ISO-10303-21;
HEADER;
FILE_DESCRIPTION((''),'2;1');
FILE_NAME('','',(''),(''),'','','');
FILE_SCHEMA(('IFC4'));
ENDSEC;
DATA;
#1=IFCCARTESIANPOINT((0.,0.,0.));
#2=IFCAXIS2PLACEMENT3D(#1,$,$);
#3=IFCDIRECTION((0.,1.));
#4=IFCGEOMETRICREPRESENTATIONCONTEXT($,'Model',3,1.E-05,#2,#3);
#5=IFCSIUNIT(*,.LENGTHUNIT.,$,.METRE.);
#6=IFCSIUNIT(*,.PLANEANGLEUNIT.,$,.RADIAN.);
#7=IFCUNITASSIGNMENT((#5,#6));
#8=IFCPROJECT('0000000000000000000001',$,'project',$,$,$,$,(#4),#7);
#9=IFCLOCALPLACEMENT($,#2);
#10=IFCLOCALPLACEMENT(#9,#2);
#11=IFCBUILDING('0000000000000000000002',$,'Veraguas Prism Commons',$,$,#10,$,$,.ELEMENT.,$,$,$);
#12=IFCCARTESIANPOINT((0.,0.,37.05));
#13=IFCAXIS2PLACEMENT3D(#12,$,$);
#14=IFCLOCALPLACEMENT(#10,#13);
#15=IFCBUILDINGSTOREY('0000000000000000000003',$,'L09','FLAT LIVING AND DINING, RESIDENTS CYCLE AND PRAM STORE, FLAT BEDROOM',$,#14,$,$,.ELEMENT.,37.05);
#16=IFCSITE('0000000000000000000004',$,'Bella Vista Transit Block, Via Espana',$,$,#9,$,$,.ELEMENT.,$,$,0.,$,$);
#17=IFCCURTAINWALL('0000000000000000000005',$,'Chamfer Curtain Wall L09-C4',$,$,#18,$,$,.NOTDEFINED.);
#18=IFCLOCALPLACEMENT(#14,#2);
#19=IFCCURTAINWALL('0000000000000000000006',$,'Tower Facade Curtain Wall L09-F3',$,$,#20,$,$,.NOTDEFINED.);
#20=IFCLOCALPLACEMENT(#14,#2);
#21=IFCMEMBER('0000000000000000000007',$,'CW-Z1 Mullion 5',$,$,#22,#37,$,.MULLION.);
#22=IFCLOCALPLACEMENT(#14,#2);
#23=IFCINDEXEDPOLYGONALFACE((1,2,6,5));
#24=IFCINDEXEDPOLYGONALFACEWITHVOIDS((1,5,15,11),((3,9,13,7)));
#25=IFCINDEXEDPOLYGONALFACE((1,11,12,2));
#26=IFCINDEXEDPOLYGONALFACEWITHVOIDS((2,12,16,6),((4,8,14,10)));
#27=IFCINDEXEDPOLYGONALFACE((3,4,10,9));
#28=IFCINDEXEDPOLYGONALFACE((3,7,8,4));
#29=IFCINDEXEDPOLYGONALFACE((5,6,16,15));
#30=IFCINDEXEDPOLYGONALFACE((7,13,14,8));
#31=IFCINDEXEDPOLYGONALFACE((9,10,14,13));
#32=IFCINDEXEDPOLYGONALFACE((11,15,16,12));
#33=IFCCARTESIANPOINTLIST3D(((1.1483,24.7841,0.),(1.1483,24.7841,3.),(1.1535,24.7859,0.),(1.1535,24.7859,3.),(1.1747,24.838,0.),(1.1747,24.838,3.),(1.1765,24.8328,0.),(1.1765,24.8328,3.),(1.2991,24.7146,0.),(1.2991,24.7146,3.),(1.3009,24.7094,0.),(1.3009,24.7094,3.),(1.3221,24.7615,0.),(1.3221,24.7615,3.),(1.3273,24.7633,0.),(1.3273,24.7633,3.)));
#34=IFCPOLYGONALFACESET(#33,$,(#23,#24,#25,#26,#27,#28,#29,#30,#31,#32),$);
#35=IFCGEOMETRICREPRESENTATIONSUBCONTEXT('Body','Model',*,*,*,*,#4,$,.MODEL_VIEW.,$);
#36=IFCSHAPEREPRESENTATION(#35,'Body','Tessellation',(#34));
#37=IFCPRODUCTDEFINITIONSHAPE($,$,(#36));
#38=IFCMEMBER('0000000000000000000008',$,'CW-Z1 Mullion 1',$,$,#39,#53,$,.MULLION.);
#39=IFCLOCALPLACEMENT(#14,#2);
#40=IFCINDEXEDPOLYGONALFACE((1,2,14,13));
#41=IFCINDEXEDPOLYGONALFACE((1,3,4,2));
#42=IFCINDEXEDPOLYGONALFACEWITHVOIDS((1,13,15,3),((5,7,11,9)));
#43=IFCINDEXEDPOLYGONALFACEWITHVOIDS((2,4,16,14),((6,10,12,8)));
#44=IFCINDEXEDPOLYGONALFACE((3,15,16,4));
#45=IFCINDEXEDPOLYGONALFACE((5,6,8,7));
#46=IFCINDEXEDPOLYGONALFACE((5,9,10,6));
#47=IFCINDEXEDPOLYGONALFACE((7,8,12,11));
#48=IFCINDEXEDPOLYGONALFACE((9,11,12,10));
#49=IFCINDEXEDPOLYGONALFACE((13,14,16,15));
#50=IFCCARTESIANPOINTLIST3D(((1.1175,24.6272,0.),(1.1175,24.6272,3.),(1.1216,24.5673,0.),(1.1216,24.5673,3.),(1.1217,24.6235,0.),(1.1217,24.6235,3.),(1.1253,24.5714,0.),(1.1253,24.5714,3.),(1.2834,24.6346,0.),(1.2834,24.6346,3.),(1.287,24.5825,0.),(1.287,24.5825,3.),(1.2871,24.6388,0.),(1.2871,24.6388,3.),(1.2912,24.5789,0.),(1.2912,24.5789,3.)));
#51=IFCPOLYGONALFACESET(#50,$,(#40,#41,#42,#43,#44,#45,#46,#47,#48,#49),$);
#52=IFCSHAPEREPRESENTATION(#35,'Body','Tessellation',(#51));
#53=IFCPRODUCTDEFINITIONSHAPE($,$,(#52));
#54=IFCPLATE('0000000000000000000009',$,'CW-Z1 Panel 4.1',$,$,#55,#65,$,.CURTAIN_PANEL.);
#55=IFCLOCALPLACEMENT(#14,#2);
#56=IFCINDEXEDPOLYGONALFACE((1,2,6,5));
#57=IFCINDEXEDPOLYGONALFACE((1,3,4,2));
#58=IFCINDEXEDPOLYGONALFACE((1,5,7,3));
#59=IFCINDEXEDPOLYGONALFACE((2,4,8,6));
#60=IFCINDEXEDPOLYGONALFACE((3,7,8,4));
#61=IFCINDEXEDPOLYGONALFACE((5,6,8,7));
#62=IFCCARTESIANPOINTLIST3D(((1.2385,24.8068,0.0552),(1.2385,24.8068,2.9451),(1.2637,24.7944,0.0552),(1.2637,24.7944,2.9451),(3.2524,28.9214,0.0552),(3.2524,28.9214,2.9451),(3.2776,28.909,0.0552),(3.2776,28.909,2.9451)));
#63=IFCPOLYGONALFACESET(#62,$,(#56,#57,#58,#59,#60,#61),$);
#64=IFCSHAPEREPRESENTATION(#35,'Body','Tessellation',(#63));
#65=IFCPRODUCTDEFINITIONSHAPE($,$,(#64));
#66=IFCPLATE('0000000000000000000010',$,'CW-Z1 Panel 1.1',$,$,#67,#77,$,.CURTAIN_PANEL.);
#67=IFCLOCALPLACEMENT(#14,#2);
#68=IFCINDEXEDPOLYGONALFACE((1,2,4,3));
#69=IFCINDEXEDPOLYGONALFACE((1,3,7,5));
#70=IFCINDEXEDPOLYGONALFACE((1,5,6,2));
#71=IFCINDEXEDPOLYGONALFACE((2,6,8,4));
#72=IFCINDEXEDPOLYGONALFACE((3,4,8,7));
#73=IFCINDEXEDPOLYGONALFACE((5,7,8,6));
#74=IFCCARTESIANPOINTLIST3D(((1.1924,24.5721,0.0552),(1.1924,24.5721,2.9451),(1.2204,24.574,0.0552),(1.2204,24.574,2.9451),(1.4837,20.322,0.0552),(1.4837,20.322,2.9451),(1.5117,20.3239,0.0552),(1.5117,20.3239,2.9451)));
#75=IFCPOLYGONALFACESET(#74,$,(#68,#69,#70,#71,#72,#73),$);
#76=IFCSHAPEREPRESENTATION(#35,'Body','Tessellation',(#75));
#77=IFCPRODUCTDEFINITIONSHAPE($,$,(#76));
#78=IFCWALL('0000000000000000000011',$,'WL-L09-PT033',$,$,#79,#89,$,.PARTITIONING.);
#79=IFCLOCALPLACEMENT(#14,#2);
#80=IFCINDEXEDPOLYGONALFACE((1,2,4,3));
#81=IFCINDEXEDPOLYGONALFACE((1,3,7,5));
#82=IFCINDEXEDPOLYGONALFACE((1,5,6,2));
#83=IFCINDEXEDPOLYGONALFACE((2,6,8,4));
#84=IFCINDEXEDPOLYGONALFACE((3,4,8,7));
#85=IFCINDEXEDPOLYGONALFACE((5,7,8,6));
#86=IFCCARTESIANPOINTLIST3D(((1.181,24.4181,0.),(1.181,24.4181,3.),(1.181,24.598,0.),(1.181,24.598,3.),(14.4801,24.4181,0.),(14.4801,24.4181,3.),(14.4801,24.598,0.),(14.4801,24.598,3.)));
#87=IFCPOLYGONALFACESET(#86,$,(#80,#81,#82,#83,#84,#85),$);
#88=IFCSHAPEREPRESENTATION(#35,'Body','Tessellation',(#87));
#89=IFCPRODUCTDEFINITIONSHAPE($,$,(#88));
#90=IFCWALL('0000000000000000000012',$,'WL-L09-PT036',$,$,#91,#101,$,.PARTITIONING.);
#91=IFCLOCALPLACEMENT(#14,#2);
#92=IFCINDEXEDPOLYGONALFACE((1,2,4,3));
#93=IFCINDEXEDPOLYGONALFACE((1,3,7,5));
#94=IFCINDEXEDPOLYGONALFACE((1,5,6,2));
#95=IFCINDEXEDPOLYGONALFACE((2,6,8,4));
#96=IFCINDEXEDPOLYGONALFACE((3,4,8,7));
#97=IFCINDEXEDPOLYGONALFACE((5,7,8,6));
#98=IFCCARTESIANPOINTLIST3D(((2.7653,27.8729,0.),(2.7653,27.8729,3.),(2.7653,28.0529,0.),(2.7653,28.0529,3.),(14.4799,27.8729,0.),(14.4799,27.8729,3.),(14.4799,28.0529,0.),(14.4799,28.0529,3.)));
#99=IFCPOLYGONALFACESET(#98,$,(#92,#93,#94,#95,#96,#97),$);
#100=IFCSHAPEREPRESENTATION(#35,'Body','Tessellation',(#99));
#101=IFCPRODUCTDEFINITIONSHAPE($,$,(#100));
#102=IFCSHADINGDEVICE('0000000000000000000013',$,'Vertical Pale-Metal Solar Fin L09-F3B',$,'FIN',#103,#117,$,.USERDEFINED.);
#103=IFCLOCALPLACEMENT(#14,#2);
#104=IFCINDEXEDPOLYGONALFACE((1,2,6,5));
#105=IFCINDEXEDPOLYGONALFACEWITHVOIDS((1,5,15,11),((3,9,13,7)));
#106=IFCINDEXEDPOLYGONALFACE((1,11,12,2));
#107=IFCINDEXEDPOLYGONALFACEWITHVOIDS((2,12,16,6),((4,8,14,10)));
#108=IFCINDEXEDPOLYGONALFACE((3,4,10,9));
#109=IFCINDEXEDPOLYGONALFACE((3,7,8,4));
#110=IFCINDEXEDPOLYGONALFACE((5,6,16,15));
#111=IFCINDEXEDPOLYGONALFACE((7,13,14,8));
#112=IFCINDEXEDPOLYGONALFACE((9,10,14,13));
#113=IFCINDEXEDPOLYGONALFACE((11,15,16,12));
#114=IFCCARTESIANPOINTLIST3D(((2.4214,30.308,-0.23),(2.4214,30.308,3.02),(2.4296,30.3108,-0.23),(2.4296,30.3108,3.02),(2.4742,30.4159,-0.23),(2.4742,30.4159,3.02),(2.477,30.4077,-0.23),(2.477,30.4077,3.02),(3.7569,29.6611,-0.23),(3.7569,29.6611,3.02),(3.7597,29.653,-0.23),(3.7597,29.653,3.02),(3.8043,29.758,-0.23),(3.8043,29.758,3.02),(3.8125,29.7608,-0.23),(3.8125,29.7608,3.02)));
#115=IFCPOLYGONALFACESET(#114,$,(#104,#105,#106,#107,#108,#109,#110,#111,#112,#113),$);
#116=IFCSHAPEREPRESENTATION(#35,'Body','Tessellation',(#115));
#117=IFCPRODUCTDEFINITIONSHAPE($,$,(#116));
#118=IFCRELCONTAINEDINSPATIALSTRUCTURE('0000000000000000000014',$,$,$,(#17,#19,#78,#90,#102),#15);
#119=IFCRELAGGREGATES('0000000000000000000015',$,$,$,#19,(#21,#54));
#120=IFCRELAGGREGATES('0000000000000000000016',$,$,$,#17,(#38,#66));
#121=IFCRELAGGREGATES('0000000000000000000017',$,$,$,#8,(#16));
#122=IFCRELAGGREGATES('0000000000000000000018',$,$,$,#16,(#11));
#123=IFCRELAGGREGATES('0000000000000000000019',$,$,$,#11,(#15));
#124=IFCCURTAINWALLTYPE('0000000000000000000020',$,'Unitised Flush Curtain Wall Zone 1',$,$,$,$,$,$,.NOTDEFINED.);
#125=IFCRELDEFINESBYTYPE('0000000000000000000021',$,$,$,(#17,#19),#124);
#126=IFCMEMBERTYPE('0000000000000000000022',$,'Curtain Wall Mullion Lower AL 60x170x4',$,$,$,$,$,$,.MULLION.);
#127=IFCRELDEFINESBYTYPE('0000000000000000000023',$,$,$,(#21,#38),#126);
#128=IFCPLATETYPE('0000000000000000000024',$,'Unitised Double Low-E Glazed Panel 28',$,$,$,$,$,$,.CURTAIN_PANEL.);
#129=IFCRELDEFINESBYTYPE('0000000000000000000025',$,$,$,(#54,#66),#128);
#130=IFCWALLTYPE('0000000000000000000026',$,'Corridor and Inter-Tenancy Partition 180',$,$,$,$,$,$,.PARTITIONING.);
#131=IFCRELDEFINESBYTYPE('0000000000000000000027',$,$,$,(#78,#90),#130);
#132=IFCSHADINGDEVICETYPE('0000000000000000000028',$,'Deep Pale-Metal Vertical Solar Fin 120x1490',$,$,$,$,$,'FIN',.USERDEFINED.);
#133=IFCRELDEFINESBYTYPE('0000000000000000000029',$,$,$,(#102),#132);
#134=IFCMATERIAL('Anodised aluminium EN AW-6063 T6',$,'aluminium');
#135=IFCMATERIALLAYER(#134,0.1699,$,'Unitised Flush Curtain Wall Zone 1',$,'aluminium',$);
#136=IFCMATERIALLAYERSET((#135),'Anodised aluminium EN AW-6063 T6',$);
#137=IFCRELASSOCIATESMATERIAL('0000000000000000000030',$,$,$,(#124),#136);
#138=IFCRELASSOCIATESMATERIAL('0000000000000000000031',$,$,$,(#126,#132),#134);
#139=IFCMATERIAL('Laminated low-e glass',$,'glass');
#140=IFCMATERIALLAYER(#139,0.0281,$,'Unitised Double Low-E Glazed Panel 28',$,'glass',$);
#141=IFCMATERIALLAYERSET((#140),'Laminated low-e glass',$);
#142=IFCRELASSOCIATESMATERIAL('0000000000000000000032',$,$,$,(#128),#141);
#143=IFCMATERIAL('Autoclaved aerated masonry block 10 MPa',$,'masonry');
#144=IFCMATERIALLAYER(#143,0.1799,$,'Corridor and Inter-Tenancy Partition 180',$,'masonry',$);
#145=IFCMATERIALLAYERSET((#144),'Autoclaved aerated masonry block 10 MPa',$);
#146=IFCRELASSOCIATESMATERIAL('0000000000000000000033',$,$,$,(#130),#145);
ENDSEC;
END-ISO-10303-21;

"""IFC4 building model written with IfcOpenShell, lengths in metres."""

from ifc_helpers import new_model, si_unit, direction, frame, frame_2d, origin, origin_2d, place, context, subcontext, project, spatial, rectangle, hollow_rectangle, extrude, source, transform, mapped, material, layer, layer_set, material_profile, profile_set, type_object, element, aggregate, save


model = new_model("IFC4")

# Units and contexts
model_context = context("Model", 3, precision=1e-05, world=origin(), true_north=direction((0.0, 1.0)))
body_context = subcontext(model_context, "Body", "Model", "MODEL_VIEW")
ifc_project = project(units=[si_unit("LENGTHUNIT", "METRE"), si_unit("PLANEANGLEUNIT", "RADIAN")], contexts=[model_context])

# Site, building, storey
site_placement = place(None, origin())
site = spatial("IfcSite", under=ifc_project, at=site_placement, Name="Bella Vista Transit Block, Via Espana", CompositionType="ELEMENT", RefElevation=0.0)
building_placement = place(site_placement, origin())
building = spatial("IfcBuilding", under=site, at=building_placement, Name="Veraguas Prism Commons", CompositionType="ELEMENT")
storey_placement = place(building_placement, frame((0.0, 0.0, 37.05)))
storey = spatial("IfcBuildingStorey", under=building, at=storey_placement, Name="L09", Description="FLAT LIVING AND DINING, RESIDENTS CYCLE AND PRAM STORE, FLAT BEDROOM", CompositionType="ELEMENT", Elevation=37.05)

# Curtain walls, member
ifc_material_1 = material(Name="Anodised aluminium EN AW-6063 T6", Category="aluminium")
ifc_layer_1 = layer(ifc_material_1, 0.1699, Name="Unitised Flush Curtain Wall Zone 1", Category="aluminium")
ifc_layer_set_1 = layer_set([ifc_layer_1], Name="Anodised aluminium EN AW-6063 T6")
curtain_wall_type = type_object("IfcCurtainWallType", Name="Unitised Flush Curtain Wall Zone 1", PredefinedType="NOTDEFINED", material=ifc_layer_set_1)
curtain_wall_1_placement = place(storey_placement, origin())
curtain_wall_1 = element("IfcCurtainWall", 1, at=curtain_wall_1_placement, inside=storey, type_object=curtain_wall_type, Name="Chamfer Curtain Wall L09-C4", PredefinedType="NOTDEFINED")
curtain_wall_2_placement = place(storey_placement, origin())
curtain_wall_2 = element("IfcCurtainWall", 2, at=curtain_wall_2_placement, inside=storey, type_object=curtain_wall_type, Name="Tower Facade Curtain Wall L09-F3", PredefinedType="NOTDEFINED")
ifc_material_profile_1 = material_profile(ifc_material_1, hollow_rectangle(XDim=0.0601, YDim=0.1699, WallThickness=0.0039, at=origin_2d()), Name="AL60X170X4")
ifc_profile_set_1 = profile_set([ifc_material_profile_1], Name="Anodised aluminium EN AW-6063 T6")
member_type_1 = type_object("IfcMemberType", Name="Curtain Wall Mullion Lower AL 60x170x4", PredefinedType="MULLION", material=ifc_profile_set_1)
shared_shape_1 = source(origin(), body_context, "Body", "SweptSolid", [
    extrude(hollow_rectangle(XDim=0.0601, YDim=0.1699, WallThickness=0.0039, at=origin_2d()), origin(), (0.0, 0.0, 1.0), 3.0),
])
member_1_placement = place(storey_placement, frame((1.2378, 24.7737, 0.0), z_axis=(0.0, 0.0, 1.0), x_axis=(-0.439626, -0.898181, 0.0)))
member_1 = element("IfcMember", 3, at=member_1_placement, type_object=member_type_1, Name="CW-Z1 Mullion 5", PredefinedType="MULLION", context=body_context, shape_type="MappedRepresentation", body=[
    mapped(shared_shape_1, transform((0.0, 0.0, 0.0), scale=1.0)),
])

# Member
member_2_placement = place(storey_placement, frame((1.2043, 24.603, 0.0), z_axis=(0.0, 0.0, 1.0), x_axis=(0.068379, -0.997659, 0.0)))
member_2 = element("IfcMember", 4, at=member_2_placement, type_object=member_type_1, Name="CW-Z1 Mullion 1", PredefinedType="MULLION", context=body_context, shape_type="MappedRepresentation", body=[
    mapped(shared_shape_1, transform((0.0, 0.0, 0.0), scale=1.0)),
])

# Plates
ifc_material_2 = material(Name="Laminated low-e glass", Category="glass")
ifc_layer_2 = layer(ifc_material_2, 0.0281, Name="Unitised Double Low-E Glazed Panel 28", Category="glass")
ifc_layer_set_2 = layer_set([ifc_layer_2], Name="Laminated low-e glass")
plate_type = type_object("IfcPlateType", Name="Unitised Double Low-E Glazed Panel 28", PredefinedType="CURTAIN_PANEL", material=ifc_layer_set_2)
shared_shape_2 = source(origin(), body_context, "Body", "SweptSolid", [
    extrude(rectangle(XDim=4.5811, YDim=0.0281, at=origin_2d()), origin(), (0.0, 0.0, 1.0), 2.8899),
])
plate_1_placement = place(storey_placement, frame((2.2581, 26.8579, 0.0552), z_axis=(0.0, 0.0, 1.0), x_axis=(-0.439626, -0.898181, 0.0)))
plate_1 = element("IfcPlate", 5, at=plate_1_placement, type_object=plate_type, Name="CW-Z1 Panel 4.1", PredefinedType="CURTAIN_PANEL", context=body_context, shape_type="MappedRepresentation", body=[
    mapped(shared_shape_2, transform((0.0, 0.0, 0.0), scale=1.0)),
])
aggregate(curtain_wall_2, [member_1, plate_1])
shared_shape_3 = source(origin(), body_context, "Body", "SweptSolid", [
    extrude(rectangle(XDim=4.26, YDim=0.0281, at=origin_2d()), origin(), (0.0, 0.0, 1.0), 2.8899),
])
plate_2_placement = place(storey_placement, frame((1.3521, 22.448, 0.0552), z_axis=(0.0, 0.0, 1.0), x_axis=(0.068379, -0.997659, 0.0)))
plate_2 = element("IfcPlate", 6, at=plate_2_placement, type_object=plate_type, Name="CW-Z1 Panel 1.1", PredefinedType="CURTAIN_PANEL", context=body_context, shape_type="MappedRepresentation", body=[
    mapped(shared_shape_3, transform((0.0, 0.0, 0.0), scale=1.0)),
])
aggregate(curtain_wall_1, [member_2, plate_2])

# Walls
ifc_material_3 = material(Name="Autoclaved aerated masonry block 10 MPa", Category="masonry")
ifc_layer_3 = layer(ifc_material_3, 0.1799, Name="Corridor and Inter-Tenancy Partition 180", Category="masonry")
ifc_layer_set_3 = layer_set([ifc_layer_3], Name="Autoclaved aerated masonry block 10 MPa")
wall_type = type_object("IfcWallType", Name="Corridor and Inter-Tenancy Partition 180", PredefinedType="PARTITIONING", material=ifc_layer_set_3)
wall_1_placement = place(storey_placement, frame((14.48, 24.5081, 0.0), z_axis=(0.0, 0.0, 1.0), x_axis=(-1.0, 0.0, 0.0)))
element("IfcWall", 7, at=wall_1_placement, inside=storey, type_object=wall_type, Name="WL-L09-PT033", PredefinedType="PARTITIONING", context=body_context, shape_type="SweptSolid", body=[
    extrude(rectangle(XDim=13.2991, YDim=0.1799, at=frame_2d((6.6494, 0.0))), origin(), (0.0, 0.0, 1.0), 3.0),
])
wall_2_placement = place(storey_placement, frame((14.48, 27.9629, 0.0), z_axis=(0.0, 0.0, 1.0), x_axis=(-1.0, 0.0, 0.0)))
element("IfcWall", 8, at=wall_2_placement, inside=storey, type_object=wall_type, Name="WL-L09-PT036", PredefinedType="PARTITIONING", context=body_context, shape_type="SweptSolid", body=[
    extrude(rectangle(XDim=11.7146, YDim=0.1799, at=frame_2d((5.8574, 0.0))), origin(), (0.0, 0.0, 1.0), 3.0),
])

# Shading device
ifc_material_profile_2 = material_profile(ifc_material_1, hollow_rectangle(XDim=0.1201, YDim=1.49, WallThickness=0.0061, at=origin_2d()), Name="FIN120X1490X6")
ifc_profile_set_2 = profile_set([ifc_material_profile_2], Name="Anodised aluminium EN AW-6063 T6")
shading_device_type = type_object("IfcShadingDeviceType", Name="Deep Pale-Metal Vertical Solar Fin 120x1490", ElementType="FIN", PredefinedType="USERDEFINED", material=ifc_profile_set_2)
shading_device_placement = place(storey_placement, frame((3.1169, 30.0344, -0.23), z_axis=(0.0, 0.0, 1.0), x_axis=(-0.439627, -0.89818, 0.0)))
element("IfcShadingDevice", 9, at=shading_device_placement, inside=storey, type_object=shading_device_type, Name="Vertical Pale-Metal Solar Fin L09-F3B", ObjectType="FIN", PredefinedType="USERDEFINED", context=body_context, shape_type="SweptSolid", body=[
    extrude(hollow_rectangle(XDim=0.1201, YDim=1.49, WallThickness=0.0061, at=origin_2d()), origin(), (0.0, 0.0, 1.0), 3.25),
])

save(model, "model.ifc")
